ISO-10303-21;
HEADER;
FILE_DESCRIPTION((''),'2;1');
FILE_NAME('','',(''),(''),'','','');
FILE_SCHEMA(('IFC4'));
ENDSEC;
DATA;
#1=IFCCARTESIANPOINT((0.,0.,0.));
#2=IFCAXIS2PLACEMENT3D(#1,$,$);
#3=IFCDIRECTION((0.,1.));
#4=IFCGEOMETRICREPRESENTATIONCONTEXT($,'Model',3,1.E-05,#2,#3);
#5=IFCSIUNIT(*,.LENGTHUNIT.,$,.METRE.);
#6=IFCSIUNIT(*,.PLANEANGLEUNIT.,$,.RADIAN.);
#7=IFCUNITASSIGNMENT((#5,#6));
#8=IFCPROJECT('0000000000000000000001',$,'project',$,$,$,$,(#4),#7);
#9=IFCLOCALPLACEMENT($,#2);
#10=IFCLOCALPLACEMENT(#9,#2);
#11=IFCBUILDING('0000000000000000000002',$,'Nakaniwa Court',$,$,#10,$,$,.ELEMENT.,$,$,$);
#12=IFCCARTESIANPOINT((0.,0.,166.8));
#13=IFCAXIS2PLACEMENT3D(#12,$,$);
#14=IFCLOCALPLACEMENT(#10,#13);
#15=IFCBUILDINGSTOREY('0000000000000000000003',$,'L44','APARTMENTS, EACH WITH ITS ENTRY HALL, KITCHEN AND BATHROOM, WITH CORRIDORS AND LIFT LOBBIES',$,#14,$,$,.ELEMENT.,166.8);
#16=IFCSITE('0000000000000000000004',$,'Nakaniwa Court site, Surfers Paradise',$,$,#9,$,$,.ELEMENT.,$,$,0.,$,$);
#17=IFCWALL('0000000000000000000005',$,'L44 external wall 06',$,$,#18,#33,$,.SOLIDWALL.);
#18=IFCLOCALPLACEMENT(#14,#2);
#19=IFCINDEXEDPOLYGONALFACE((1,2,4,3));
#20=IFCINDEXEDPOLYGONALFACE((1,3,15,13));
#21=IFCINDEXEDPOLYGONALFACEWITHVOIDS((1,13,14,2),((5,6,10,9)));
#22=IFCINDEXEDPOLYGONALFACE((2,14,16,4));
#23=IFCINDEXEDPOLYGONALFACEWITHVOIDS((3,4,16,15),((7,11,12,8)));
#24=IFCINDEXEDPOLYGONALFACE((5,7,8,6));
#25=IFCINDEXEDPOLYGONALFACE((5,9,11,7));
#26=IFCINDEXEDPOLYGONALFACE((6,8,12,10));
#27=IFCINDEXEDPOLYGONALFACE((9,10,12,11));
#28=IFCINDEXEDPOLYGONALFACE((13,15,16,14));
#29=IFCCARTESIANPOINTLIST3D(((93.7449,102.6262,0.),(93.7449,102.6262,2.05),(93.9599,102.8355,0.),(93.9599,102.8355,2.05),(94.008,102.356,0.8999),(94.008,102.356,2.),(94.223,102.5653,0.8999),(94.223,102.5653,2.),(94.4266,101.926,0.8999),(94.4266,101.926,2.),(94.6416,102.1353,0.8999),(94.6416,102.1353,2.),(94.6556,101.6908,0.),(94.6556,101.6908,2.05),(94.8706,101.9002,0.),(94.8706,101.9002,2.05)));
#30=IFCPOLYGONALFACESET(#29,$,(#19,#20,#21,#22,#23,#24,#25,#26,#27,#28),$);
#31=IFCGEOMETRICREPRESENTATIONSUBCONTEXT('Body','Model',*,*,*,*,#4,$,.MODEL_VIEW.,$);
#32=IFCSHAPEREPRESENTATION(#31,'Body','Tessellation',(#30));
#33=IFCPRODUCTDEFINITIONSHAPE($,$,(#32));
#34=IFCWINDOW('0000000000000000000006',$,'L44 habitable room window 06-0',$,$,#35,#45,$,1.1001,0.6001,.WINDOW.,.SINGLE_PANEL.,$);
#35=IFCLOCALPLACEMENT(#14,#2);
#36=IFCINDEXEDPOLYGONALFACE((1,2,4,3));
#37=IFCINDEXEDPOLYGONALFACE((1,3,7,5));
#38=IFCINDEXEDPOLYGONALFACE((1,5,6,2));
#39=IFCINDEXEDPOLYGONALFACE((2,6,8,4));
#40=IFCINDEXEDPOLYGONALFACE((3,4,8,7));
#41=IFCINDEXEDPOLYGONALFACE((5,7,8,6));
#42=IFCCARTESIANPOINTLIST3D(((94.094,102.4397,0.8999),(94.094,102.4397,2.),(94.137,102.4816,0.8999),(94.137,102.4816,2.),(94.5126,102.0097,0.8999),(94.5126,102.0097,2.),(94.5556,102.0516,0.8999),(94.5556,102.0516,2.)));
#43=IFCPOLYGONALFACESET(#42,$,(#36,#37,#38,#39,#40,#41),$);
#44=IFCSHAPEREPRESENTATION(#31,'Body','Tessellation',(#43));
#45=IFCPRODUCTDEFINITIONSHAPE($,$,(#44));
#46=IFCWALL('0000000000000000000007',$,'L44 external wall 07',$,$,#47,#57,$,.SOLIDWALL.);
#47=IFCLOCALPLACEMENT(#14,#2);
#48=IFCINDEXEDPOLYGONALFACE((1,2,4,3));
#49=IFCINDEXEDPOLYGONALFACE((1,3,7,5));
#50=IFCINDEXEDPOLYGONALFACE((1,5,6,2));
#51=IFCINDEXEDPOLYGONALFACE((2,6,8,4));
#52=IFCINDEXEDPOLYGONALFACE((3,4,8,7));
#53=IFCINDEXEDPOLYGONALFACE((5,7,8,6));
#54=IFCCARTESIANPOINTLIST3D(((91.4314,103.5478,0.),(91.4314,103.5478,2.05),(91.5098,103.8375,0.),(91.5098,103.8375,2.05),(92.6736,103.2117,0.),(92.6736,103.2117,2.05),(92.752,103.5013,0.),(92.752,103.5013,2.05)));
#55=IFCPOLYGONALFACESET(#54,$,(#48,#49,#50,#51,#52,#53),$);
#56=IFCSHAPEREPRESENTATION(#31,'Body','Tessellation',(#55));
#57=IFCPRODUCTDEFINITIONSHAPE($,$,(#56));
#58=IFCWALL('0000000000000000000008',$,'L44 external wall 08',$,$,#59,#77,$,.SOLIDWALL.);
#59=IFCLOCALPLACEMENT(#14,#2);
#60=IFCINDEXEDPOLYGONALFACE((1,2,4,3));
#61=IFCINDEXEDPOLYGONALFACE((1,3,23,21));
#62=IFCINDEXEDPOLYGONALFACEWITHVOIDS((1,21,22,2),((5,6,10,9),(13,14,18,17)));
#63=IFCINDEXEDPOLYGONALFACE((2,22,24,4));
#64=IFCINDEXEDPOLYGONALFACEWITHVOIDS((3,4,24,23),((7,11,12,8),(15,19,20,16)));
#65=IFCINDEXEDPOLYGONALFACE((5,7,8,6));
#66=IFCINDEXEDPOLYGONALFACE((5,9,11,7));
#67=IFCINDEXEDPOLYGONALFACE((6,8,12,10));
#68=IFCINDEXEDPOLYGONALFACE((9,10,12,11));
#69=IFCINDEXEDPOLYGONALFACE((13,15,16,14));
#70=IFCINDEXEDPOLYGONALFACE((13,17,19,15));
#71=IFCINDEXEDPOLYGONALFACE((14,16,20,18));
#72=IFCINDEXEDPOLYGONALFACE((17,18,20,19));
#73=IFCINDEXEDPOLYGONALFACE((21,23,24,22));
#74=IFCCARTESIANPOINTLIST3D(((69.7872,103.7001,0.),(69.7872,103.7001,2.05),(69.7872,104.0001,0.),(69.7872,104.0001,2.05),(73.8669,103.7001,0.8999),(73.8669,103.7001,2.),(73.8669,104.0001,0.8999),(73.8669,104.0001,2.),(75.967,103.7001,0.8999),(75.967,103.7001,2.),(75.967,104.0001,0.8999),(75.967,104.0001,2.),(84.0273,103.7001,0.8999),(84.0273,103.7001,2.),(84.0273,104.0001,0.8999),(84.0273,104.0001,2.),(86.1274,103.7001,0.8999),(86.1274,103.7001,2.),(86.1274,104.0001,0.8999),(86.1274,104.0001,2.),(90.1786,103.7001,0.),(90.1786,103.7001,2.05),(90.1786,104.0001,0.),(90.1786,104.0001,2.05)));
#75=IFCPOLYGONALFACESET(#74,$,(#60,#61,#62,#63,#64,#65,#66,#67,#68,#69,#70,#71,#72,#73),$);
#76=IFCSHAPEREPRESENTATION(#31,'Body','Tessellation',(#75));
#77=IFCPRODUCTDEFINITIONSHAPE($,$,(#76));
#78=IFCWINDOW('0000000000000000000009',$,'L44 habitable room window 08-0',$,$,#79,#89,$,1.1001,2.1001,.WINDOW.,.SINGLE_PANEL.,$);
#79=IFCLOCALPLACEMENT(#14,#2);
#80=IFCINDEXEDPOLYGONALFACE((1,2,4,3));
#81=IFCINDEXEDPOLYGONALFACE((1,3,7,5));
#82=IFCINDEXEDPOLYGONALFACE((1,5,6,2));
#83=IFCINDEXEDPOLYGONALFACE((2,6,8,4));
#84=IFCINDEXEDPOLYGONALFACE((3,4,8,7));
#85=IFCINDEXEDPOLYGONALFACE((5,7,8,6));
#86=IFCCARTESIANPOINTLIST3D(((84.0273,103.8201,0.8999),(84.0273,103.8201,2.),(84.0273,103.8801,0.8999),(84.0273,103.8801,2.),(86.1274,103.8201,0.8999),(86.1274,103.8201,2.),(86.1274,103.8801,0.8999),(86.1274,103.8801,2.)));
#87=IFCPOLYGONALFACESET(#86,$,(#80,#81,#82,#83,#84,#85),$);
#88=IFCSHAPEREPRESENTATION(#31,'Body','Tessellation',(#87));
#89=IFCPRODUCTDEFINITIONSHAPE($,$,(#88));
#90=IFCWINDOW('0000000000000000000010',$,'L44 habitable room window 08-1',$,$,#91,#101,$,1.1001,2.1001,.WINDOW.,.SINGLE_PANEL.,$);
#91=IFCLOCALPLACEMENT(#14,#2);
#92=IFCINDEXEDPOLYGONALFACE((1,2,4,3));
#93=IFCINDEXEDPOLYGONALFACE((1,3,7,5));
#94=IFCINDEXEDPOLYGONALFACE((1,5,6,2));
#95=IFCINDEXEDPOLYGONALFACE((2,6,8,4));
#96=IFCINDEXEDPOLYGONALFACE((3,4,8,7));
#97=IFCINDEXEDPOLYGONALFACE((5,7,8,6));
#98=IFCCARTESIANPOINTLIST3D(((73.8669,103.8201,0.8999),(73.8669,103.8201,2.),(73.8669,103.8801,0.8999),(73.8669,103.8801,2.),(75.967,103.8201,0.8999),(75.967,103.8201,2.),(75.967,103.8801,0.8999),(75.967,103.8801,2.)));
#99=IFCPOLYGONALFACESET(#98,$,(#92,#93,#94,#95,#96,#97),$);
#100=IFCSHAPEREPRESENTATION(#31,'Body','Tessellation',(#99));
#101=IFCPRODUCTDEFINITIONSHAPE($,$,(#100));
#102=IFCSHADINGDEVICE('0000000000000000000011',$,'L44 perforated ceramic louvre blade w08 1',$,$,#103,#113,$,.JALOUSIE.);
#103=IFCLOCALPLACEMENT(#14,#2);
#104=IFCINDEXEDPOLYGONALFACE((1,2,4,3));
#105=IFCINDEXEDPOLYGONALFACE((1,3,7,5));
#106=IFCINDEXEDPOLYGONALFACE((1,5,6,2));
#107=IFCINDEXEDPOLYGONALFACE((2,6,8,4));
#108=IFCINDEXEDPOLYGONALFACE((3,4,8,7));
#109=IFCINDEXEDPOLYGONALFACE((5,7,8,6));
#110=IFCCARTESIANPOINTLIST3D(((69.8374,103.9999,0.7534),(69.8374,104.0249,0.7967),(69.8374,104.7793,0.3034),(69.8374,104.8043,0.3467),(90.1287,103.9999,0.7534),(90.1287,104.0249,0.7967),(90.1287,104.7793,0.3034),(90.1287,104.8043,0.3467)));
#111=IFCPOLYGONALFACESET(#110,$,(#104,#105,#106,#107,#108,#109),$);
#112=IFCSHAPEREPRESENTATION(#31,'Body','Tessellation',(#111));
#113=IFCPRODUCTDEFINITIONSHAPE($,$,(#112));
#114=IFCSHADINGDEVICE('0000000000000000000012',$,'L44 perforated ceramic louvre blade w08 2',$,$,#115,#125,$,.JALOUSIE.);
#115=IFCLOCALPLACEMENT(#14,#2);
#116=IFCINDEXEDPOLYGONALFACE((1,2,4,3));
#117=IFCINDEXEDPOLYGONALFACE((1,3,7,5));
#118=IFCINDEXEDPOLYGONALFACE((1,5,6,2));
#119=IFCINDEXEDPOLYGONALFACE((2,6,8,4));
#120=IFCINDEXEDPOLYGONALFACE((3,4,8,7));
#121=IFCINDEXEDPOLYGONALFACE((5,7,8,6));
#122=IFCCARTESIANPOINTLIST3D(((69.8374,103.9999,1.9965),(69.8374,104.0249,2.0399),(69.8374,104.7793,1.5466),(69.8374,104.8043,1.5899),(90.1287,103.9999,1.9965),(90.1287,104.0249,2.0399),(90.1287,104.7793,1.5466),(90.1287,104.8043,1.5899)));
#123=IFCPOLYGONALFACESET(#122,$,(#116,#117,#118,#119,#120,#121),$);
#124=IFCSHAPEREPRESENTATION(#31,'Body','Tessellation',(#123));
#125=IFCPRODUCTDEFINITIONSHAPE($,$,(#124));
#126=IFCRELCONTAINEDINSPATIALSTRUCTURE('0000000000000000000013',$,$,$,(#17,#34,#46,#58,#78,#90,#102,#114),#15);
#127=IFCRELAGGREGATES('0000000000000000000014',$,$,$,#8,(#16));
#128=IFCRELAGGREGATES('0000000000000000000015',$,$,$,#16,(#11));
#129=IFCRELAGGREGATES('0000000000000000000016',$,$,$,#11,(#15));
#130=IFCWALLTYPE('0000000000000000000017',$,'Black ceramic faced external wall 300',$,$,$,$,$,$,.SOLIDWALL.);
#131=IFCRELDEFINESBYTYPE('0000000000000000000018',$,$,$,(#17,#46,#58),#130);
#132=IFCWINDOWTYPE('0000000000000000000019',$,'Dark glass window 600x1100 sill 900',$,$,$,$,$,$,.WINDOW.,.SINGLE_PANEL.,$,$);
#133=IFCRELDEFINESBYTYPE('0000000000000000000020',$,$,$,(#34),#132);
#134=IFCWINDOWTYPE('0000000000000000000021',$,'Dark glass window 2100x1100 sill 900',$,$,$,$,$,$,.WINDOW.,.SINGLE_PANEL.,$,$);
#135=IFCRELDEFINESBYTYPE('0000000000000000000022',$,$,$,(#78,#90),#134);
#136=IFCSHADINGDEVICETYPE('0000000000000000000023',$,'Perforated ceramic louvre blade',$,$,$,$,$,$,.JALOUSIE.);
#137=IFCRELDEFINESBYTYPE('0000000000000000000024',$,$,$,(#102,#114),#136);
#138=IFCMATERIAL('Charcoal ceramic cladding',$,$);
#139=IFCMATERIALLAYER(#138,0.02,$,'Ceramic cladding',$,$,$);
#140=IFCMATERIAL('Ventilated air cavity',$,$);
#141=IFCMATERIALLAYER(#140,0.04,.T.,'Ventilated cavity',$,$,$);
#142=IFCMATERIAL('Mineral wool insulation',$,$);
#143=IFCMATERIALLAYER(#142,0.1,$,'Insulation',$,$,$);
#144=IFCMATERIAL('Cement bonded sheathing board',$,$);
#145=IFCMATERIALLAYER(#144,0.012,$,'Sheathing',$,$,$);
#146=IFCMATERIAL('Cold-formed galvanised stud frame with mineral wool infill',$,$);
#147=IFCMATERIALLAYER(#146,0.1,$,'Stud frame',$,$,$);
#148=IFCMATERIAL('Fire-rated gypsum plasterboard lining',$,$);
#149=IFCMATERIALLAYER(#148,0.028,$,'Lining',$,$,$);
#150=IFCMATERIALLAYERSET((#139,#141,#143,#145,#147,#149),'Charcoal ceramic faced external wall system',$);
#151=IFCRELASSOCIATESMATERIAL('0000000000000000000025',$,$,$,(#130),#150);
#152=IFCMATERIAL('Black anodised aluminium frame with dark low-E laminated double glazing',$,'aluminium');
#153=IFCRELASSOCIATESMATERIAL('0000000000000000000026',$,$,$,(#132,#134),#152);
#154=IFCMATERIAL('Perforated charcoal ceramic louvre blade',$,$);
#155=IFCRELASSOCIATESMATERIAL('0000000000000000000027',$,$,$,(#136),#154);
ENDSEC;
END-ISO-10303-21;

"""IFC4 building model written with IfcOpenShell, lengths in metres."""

from ifc_helpers import new_model, si_unit, direction, frame, frame_2d, origin, origin_2d, place, context, subcontext, project, spatial, rectangle, extrude, material, layer, layer_set, material_profile, profile_set, type_object, element, fill, save


model = new_model("IFC4")

# Units and contexts
model_context = context("Model", 3, precision=1e-05, world=origin(), true_north=direction((0.0, 1.0)))
body_context = subcontext(model_context, "Body", "Model", "MODEL_VIEW")
ifc_project = project(units=[si_unit("LENGTHUNIT", "METRE"), si_unit("PLANEANGLEUNIT", "RADIAN")], contexts=[model_context])

# Site, building, storey
site_placement = place(None, origin())
site = spatial("IfcSite", under=ifc_project, at=site_placement, Name="Nakaniwa Court site, Surfers Paradise", CompositionType="ELEMENT", RefElevation=0.0)
building_placement = place(site_placement, origin())
building = spatial("IfcBuilding", under=site, at=building_placement, Name="Nakaniwa Court", CompositionType="ELEMENT")
storey_placement = place(building_placement, frame((0.0, 0.0, 166.8)))
storey = spatial("IfcBuildingStorey", under=building, at=storey_placement, Name="L44", Description="APARTMENTS, EACH WITH ITS ENTRY HALL, KITCHEN AND BATHROOM, WITH CORRIDORS AND LIFT LOBBIES", CompositionType="ELEMENT", Elevation=166.8)

# Wall, opening, window
ifc_material_1 = material(Name="Charcoal ceramic cladding")
ifc_layer_1 = layer(ifc_material_1, 0.02, Name="Ceramic cladding")
ifc_material_2 = material(Name="Ventilated air cavity")
ifc_layer_2 = layer(ifc_material_2, 0.04, ventilated=True, Name="Ventilated cavity")
ifc_material_3 = material(Name="Mineral wool insulation")
ifc_layer_3 = layer(ifc_material_3, 0.1, Name="Insulation")
ifc_material_4 = material(Name="Cement bonded sheathing board")
ifc_layer_4 = layer(ifc_material_4, 0.012, Name="Sheathing")
ifc_material_5 = material(Name="Cold-formed galvanised stud frame with mineral wool infill")
ifc_layer_5 = layer(ifc_material_5, 0.1, Name="Stud frame")
ifc_material_6 = material(Name="Fire-rated gypsum plasterboard lining")
ifc_layer_6 = layer(ifc_material_6, 0.028, Name="Lining")
ifc_layer_set_1 = layer_set([ifc_layer_1, ifc_layer_2, ifc_layer_3, ifc_layer_4, ifc_layer_5, ifc_layer_6], Name="Charcoal ceramic faced external wall system")
wall_type_1 = type_object("IfcWallType", Name="Black ceramic faced external wall 300", PredefinedType="SOLIDWALL", material=ifc_layer_set_1)
wall_1_placement = place(storey_placement, frame((94.7632, 101.7954, 0.0), z_axis=(0.0, 0.0, 1.0), x_axis=(-0.697599, 0.716488, 0.0)))
wall_1 = element("IfcWall", 1, at=wall_1_placement, inside=storey, type_object=wall_type_1, Name="L44 external wall 06", PredefinedType="SOLIDWALL", context=body_context, shape_type="SweptSolid", body=[
    extrude(rectangle(XDim=1.3054, YDim=0.3, at=frame_2d((0.6528, 0.0))), origin(), (0.0, 0.0, 1.0), 2.05),
])
opening_1_placement = place(wall_1_placement, frame((0.3284, 0.0, 0.8999)))
opening_1 = element("IfcOpeningElement", 2, at=opening_1_placement, cuts=wall_1, PredefinedType="OPENING", context=body_context, shape_type="SweptSolid", body=[
    extrude(rectangle(XDim=0.6001, YDim=1.1001, at=frame_2d((0.3, 0.55))), frame((0.0, 0.1599, 0.0), z_axis=(0.0, -1.0, 0.0), x_axis=(1.0, 0.0, 0.0)), (0.0, 0.0, 1.0), 0.3201),
])
ifc_material_7 = material(Name="Black anodised aluminium frame with dark low-E laminated double glazing", Category="aluminium")
window_type_1 = type_object("IfcWindowType", Name="Dark glass window 600x1100 sill 900", PartitioningType="SINGLE_PANEL", PredefinedType="WINDOW", material=ifc_material_7)
window_1_placement = place(opening_1_placement, origin())
window_1 = element("IfcWindow", 3, at=window_1_placement, inside=storey, type_object=window_type_1, Name="L44 habitable room window 06-0", OverallHeight=1.1001, OverallWidth=0.6001, PartitioningType="SINGLE_PANEL", PredefinedType="WINDOW", context=body_context, shape_type="SweptSolid", body=[
    extrude(rectangle(XDim=0.6001, YDim=1.1001, at=frame_2d((0.3, 0.55))), frame((0.0, 0.03, 0.0), z_axis=(0.0, -1.0, 0.0), x_axis=(1.0, 0.0, 0.0)), (0.0, 0.0, 1.0), 0.0601),
])
fill(opening_1, window_1)

# Wall
wall_2_placement = place(storey_placement, frame((92.7129, 103.3564, 0.0), z_axis=(0.0, 0.0, 1.0), x_axis=(-0.965274, 0.261239, 0.0)))
element("IfcWall", 4, at=wall_2_placement, inside=storey, type_object=wall_type_1, Name="L44 external wall 07", PredefinedType="SOLIDWALL", context=body_context, shape_type="SweptSolid", body=[
    extrude(rectangle(XDim=1.2869, YDim=0.3, at=frame_2d((0.6436, 0.0))), origin(), (0.0, 0.0, 1.0), 2.05),
])

# Wall, openings, windows
wall_3_placement = place(storey_placement, frame((90.1787, 103.8501, 0.0), z_axis=(0.0, 0.0, 1.0), x_axis=(-1.0, 0.0, 0.0)))
wall_3 = element("IfcWall", 5, at=wall_3_placement, inside=storey, type_object=wall_type_1, Name="L44 external wall 08", PredefinedType="SOLIDWALL", context=body_context, shape_type="SweptSolid", body=[
    extrude(rectangle(XDim=20.3914, YDim=0.3, at=frame_2d((10.1958, 0.0))), origin(), (0.0, 0.0, 1.0), 2.05),
])
opening_2_placement = place(wall_3_placement, frame((4.0513, 0.0, 0.8999)))
opening_2 = element("IfcOpeningElement", 6, at=opening_2_placement, cuts=wall_3, PredefinedType="OPENING", context=body_context, shape_type="SweptSolid", body=[
    extrude(rectangle(XDim=2.1001, YDim=1.1001, at=frame_2d((1.05, 0.55))), frame((0.0, 0.1599, 0.0), z_axis=(0.0, -1.0, 0.0), x_axis=(1.0, 0.0, 0.0)), (0.0, 0.0, 1.0), 0.3201),
])
opening_3_placement = place(wall_3_placement, frame((14.2117, 0.0, 0.8999)))
opening_3 = element("IfcOpeningElement", 7, at=opening_3_placement, cuts=wall_3, PredefinedType="OPENING", context=body_context, shape_type="SweptSolid", body=[
    extrude(rectangle(XDim=2.1001, YDim=1.1001, at=frame_2d((1.05, 0.55))), frame((0.0, 0.1599, 0.0), z_axis=(0.0, -1.0, 0.0), x_axis=(1.0, 0.0, 0.0)), (0.0, 0.0, 1.0), 0.3201),
])
window_type_2 = type_object("IfcWindowType", Name="Dark glass window 2100x1100 sill 900", PartitioningType="SINGLE_PANEL", PredefinedType="WINDOW", material=ifc_material_7)
window_2_placement = place(opening_2_placement, origin())
window_2 = element("IfcWindow", 8, at=window_2_placement, inside=storey, type_object=window_type_2, Name="L44 habitable room window 08-0", OverallHeight=1.1001, OverallWidth=2.1001, PartitioningType="SINGLE_PANEL", PredefinedType="WINDOW", context=body_context, shape_type="SweptSolid", body=[
    extrude(rectangle(XDim=2.1001, YDim=1.1001, at=frame_2d((1.05, 0.55))), frame((0.0, 0.03, 0.0), z_axis=(0.0, -1.0, 0.0), x_axis=(1.0, 0.0, 0.0)), (0.0, 0.0, 1.0), 0.0601),
])
fill(opening_2, window_2)
window_3_placement = place(opening_3_placement, origin())
window_3 = element("IfcWindow", 9, at=window_3_placement, inside=storey, type_object=window_type_2, Name="L44 habitable room window 08-1", OverallHeight=1.1001, OverallWidth=2.1001, PartitioningType="SINGLE_PANEL", PredefinedType="WINDOW", context=body_context, shape_type="SweptSolid", body=[
    extrude(rectangle(XDim=2.1001, YDim=1.1001, at=frame_2d((1.05, 0.55))), frame((0.0, 0.03, 0.0), z_axis=(0.0, -1.0, 0.0), x_axis=(1.0, 0.0, 0.0)), (0.0, 0.0, 1.0), 0.0601),
])
fill(opening_3, window_3)

# Shading devices
ifc_material_8 = material(Name="Perforated charcoal ceramic louvre blade")
ifc_material_profile_1 = material_profile(ifc_material_8, rectangle(XDim=0.8999, YDim=0.05, at=origin_2d()), Name="Perforated ceramic louvre blade")
ifc_profile_set_1 = profile_set([ifc_material_profile_1], Name="Perforated charcoal ceramic louvre blade")
shading_device_type = type_object("IfcShadingDeviceType", Name="Perforated ceramic louvre blade", PredefinedType="JALOUSIE", material=ifc_profile_set_1)
for number, where, z_axis, x_axis, name in (
    (10, (90.1287, 104.4021, 0.55), (-1.0, 0.0, 0.0), (0.0, -0.866025, 0.5), "L44 perforated ceramic louvre blade w08 1"),
    (11, (90.1287, 104.4021, 1.7932), (-1.0, 0.0, 0.0), (0.0, -0.866025, 0.5), "L44 perforated ceramic louvre blade w08 2"),
):
    element("IfcShadingDevice", number, at=place(storey_placement, frame(where, z_axis=z_axis, x_axis=x_axis)), inside=storey, type_object=shading_device_type, Name=name, PredefinedType="JALOUSIE", context=body_context, shape_type="SweptSolid", body=[
        extrude(rectangle(XDim=0.8999, YDim=0.05, at=origin_2d()), origin(), (0.0, 0.0, 1.0), 20.2913),
    ])

save(model, "model.ifc")
